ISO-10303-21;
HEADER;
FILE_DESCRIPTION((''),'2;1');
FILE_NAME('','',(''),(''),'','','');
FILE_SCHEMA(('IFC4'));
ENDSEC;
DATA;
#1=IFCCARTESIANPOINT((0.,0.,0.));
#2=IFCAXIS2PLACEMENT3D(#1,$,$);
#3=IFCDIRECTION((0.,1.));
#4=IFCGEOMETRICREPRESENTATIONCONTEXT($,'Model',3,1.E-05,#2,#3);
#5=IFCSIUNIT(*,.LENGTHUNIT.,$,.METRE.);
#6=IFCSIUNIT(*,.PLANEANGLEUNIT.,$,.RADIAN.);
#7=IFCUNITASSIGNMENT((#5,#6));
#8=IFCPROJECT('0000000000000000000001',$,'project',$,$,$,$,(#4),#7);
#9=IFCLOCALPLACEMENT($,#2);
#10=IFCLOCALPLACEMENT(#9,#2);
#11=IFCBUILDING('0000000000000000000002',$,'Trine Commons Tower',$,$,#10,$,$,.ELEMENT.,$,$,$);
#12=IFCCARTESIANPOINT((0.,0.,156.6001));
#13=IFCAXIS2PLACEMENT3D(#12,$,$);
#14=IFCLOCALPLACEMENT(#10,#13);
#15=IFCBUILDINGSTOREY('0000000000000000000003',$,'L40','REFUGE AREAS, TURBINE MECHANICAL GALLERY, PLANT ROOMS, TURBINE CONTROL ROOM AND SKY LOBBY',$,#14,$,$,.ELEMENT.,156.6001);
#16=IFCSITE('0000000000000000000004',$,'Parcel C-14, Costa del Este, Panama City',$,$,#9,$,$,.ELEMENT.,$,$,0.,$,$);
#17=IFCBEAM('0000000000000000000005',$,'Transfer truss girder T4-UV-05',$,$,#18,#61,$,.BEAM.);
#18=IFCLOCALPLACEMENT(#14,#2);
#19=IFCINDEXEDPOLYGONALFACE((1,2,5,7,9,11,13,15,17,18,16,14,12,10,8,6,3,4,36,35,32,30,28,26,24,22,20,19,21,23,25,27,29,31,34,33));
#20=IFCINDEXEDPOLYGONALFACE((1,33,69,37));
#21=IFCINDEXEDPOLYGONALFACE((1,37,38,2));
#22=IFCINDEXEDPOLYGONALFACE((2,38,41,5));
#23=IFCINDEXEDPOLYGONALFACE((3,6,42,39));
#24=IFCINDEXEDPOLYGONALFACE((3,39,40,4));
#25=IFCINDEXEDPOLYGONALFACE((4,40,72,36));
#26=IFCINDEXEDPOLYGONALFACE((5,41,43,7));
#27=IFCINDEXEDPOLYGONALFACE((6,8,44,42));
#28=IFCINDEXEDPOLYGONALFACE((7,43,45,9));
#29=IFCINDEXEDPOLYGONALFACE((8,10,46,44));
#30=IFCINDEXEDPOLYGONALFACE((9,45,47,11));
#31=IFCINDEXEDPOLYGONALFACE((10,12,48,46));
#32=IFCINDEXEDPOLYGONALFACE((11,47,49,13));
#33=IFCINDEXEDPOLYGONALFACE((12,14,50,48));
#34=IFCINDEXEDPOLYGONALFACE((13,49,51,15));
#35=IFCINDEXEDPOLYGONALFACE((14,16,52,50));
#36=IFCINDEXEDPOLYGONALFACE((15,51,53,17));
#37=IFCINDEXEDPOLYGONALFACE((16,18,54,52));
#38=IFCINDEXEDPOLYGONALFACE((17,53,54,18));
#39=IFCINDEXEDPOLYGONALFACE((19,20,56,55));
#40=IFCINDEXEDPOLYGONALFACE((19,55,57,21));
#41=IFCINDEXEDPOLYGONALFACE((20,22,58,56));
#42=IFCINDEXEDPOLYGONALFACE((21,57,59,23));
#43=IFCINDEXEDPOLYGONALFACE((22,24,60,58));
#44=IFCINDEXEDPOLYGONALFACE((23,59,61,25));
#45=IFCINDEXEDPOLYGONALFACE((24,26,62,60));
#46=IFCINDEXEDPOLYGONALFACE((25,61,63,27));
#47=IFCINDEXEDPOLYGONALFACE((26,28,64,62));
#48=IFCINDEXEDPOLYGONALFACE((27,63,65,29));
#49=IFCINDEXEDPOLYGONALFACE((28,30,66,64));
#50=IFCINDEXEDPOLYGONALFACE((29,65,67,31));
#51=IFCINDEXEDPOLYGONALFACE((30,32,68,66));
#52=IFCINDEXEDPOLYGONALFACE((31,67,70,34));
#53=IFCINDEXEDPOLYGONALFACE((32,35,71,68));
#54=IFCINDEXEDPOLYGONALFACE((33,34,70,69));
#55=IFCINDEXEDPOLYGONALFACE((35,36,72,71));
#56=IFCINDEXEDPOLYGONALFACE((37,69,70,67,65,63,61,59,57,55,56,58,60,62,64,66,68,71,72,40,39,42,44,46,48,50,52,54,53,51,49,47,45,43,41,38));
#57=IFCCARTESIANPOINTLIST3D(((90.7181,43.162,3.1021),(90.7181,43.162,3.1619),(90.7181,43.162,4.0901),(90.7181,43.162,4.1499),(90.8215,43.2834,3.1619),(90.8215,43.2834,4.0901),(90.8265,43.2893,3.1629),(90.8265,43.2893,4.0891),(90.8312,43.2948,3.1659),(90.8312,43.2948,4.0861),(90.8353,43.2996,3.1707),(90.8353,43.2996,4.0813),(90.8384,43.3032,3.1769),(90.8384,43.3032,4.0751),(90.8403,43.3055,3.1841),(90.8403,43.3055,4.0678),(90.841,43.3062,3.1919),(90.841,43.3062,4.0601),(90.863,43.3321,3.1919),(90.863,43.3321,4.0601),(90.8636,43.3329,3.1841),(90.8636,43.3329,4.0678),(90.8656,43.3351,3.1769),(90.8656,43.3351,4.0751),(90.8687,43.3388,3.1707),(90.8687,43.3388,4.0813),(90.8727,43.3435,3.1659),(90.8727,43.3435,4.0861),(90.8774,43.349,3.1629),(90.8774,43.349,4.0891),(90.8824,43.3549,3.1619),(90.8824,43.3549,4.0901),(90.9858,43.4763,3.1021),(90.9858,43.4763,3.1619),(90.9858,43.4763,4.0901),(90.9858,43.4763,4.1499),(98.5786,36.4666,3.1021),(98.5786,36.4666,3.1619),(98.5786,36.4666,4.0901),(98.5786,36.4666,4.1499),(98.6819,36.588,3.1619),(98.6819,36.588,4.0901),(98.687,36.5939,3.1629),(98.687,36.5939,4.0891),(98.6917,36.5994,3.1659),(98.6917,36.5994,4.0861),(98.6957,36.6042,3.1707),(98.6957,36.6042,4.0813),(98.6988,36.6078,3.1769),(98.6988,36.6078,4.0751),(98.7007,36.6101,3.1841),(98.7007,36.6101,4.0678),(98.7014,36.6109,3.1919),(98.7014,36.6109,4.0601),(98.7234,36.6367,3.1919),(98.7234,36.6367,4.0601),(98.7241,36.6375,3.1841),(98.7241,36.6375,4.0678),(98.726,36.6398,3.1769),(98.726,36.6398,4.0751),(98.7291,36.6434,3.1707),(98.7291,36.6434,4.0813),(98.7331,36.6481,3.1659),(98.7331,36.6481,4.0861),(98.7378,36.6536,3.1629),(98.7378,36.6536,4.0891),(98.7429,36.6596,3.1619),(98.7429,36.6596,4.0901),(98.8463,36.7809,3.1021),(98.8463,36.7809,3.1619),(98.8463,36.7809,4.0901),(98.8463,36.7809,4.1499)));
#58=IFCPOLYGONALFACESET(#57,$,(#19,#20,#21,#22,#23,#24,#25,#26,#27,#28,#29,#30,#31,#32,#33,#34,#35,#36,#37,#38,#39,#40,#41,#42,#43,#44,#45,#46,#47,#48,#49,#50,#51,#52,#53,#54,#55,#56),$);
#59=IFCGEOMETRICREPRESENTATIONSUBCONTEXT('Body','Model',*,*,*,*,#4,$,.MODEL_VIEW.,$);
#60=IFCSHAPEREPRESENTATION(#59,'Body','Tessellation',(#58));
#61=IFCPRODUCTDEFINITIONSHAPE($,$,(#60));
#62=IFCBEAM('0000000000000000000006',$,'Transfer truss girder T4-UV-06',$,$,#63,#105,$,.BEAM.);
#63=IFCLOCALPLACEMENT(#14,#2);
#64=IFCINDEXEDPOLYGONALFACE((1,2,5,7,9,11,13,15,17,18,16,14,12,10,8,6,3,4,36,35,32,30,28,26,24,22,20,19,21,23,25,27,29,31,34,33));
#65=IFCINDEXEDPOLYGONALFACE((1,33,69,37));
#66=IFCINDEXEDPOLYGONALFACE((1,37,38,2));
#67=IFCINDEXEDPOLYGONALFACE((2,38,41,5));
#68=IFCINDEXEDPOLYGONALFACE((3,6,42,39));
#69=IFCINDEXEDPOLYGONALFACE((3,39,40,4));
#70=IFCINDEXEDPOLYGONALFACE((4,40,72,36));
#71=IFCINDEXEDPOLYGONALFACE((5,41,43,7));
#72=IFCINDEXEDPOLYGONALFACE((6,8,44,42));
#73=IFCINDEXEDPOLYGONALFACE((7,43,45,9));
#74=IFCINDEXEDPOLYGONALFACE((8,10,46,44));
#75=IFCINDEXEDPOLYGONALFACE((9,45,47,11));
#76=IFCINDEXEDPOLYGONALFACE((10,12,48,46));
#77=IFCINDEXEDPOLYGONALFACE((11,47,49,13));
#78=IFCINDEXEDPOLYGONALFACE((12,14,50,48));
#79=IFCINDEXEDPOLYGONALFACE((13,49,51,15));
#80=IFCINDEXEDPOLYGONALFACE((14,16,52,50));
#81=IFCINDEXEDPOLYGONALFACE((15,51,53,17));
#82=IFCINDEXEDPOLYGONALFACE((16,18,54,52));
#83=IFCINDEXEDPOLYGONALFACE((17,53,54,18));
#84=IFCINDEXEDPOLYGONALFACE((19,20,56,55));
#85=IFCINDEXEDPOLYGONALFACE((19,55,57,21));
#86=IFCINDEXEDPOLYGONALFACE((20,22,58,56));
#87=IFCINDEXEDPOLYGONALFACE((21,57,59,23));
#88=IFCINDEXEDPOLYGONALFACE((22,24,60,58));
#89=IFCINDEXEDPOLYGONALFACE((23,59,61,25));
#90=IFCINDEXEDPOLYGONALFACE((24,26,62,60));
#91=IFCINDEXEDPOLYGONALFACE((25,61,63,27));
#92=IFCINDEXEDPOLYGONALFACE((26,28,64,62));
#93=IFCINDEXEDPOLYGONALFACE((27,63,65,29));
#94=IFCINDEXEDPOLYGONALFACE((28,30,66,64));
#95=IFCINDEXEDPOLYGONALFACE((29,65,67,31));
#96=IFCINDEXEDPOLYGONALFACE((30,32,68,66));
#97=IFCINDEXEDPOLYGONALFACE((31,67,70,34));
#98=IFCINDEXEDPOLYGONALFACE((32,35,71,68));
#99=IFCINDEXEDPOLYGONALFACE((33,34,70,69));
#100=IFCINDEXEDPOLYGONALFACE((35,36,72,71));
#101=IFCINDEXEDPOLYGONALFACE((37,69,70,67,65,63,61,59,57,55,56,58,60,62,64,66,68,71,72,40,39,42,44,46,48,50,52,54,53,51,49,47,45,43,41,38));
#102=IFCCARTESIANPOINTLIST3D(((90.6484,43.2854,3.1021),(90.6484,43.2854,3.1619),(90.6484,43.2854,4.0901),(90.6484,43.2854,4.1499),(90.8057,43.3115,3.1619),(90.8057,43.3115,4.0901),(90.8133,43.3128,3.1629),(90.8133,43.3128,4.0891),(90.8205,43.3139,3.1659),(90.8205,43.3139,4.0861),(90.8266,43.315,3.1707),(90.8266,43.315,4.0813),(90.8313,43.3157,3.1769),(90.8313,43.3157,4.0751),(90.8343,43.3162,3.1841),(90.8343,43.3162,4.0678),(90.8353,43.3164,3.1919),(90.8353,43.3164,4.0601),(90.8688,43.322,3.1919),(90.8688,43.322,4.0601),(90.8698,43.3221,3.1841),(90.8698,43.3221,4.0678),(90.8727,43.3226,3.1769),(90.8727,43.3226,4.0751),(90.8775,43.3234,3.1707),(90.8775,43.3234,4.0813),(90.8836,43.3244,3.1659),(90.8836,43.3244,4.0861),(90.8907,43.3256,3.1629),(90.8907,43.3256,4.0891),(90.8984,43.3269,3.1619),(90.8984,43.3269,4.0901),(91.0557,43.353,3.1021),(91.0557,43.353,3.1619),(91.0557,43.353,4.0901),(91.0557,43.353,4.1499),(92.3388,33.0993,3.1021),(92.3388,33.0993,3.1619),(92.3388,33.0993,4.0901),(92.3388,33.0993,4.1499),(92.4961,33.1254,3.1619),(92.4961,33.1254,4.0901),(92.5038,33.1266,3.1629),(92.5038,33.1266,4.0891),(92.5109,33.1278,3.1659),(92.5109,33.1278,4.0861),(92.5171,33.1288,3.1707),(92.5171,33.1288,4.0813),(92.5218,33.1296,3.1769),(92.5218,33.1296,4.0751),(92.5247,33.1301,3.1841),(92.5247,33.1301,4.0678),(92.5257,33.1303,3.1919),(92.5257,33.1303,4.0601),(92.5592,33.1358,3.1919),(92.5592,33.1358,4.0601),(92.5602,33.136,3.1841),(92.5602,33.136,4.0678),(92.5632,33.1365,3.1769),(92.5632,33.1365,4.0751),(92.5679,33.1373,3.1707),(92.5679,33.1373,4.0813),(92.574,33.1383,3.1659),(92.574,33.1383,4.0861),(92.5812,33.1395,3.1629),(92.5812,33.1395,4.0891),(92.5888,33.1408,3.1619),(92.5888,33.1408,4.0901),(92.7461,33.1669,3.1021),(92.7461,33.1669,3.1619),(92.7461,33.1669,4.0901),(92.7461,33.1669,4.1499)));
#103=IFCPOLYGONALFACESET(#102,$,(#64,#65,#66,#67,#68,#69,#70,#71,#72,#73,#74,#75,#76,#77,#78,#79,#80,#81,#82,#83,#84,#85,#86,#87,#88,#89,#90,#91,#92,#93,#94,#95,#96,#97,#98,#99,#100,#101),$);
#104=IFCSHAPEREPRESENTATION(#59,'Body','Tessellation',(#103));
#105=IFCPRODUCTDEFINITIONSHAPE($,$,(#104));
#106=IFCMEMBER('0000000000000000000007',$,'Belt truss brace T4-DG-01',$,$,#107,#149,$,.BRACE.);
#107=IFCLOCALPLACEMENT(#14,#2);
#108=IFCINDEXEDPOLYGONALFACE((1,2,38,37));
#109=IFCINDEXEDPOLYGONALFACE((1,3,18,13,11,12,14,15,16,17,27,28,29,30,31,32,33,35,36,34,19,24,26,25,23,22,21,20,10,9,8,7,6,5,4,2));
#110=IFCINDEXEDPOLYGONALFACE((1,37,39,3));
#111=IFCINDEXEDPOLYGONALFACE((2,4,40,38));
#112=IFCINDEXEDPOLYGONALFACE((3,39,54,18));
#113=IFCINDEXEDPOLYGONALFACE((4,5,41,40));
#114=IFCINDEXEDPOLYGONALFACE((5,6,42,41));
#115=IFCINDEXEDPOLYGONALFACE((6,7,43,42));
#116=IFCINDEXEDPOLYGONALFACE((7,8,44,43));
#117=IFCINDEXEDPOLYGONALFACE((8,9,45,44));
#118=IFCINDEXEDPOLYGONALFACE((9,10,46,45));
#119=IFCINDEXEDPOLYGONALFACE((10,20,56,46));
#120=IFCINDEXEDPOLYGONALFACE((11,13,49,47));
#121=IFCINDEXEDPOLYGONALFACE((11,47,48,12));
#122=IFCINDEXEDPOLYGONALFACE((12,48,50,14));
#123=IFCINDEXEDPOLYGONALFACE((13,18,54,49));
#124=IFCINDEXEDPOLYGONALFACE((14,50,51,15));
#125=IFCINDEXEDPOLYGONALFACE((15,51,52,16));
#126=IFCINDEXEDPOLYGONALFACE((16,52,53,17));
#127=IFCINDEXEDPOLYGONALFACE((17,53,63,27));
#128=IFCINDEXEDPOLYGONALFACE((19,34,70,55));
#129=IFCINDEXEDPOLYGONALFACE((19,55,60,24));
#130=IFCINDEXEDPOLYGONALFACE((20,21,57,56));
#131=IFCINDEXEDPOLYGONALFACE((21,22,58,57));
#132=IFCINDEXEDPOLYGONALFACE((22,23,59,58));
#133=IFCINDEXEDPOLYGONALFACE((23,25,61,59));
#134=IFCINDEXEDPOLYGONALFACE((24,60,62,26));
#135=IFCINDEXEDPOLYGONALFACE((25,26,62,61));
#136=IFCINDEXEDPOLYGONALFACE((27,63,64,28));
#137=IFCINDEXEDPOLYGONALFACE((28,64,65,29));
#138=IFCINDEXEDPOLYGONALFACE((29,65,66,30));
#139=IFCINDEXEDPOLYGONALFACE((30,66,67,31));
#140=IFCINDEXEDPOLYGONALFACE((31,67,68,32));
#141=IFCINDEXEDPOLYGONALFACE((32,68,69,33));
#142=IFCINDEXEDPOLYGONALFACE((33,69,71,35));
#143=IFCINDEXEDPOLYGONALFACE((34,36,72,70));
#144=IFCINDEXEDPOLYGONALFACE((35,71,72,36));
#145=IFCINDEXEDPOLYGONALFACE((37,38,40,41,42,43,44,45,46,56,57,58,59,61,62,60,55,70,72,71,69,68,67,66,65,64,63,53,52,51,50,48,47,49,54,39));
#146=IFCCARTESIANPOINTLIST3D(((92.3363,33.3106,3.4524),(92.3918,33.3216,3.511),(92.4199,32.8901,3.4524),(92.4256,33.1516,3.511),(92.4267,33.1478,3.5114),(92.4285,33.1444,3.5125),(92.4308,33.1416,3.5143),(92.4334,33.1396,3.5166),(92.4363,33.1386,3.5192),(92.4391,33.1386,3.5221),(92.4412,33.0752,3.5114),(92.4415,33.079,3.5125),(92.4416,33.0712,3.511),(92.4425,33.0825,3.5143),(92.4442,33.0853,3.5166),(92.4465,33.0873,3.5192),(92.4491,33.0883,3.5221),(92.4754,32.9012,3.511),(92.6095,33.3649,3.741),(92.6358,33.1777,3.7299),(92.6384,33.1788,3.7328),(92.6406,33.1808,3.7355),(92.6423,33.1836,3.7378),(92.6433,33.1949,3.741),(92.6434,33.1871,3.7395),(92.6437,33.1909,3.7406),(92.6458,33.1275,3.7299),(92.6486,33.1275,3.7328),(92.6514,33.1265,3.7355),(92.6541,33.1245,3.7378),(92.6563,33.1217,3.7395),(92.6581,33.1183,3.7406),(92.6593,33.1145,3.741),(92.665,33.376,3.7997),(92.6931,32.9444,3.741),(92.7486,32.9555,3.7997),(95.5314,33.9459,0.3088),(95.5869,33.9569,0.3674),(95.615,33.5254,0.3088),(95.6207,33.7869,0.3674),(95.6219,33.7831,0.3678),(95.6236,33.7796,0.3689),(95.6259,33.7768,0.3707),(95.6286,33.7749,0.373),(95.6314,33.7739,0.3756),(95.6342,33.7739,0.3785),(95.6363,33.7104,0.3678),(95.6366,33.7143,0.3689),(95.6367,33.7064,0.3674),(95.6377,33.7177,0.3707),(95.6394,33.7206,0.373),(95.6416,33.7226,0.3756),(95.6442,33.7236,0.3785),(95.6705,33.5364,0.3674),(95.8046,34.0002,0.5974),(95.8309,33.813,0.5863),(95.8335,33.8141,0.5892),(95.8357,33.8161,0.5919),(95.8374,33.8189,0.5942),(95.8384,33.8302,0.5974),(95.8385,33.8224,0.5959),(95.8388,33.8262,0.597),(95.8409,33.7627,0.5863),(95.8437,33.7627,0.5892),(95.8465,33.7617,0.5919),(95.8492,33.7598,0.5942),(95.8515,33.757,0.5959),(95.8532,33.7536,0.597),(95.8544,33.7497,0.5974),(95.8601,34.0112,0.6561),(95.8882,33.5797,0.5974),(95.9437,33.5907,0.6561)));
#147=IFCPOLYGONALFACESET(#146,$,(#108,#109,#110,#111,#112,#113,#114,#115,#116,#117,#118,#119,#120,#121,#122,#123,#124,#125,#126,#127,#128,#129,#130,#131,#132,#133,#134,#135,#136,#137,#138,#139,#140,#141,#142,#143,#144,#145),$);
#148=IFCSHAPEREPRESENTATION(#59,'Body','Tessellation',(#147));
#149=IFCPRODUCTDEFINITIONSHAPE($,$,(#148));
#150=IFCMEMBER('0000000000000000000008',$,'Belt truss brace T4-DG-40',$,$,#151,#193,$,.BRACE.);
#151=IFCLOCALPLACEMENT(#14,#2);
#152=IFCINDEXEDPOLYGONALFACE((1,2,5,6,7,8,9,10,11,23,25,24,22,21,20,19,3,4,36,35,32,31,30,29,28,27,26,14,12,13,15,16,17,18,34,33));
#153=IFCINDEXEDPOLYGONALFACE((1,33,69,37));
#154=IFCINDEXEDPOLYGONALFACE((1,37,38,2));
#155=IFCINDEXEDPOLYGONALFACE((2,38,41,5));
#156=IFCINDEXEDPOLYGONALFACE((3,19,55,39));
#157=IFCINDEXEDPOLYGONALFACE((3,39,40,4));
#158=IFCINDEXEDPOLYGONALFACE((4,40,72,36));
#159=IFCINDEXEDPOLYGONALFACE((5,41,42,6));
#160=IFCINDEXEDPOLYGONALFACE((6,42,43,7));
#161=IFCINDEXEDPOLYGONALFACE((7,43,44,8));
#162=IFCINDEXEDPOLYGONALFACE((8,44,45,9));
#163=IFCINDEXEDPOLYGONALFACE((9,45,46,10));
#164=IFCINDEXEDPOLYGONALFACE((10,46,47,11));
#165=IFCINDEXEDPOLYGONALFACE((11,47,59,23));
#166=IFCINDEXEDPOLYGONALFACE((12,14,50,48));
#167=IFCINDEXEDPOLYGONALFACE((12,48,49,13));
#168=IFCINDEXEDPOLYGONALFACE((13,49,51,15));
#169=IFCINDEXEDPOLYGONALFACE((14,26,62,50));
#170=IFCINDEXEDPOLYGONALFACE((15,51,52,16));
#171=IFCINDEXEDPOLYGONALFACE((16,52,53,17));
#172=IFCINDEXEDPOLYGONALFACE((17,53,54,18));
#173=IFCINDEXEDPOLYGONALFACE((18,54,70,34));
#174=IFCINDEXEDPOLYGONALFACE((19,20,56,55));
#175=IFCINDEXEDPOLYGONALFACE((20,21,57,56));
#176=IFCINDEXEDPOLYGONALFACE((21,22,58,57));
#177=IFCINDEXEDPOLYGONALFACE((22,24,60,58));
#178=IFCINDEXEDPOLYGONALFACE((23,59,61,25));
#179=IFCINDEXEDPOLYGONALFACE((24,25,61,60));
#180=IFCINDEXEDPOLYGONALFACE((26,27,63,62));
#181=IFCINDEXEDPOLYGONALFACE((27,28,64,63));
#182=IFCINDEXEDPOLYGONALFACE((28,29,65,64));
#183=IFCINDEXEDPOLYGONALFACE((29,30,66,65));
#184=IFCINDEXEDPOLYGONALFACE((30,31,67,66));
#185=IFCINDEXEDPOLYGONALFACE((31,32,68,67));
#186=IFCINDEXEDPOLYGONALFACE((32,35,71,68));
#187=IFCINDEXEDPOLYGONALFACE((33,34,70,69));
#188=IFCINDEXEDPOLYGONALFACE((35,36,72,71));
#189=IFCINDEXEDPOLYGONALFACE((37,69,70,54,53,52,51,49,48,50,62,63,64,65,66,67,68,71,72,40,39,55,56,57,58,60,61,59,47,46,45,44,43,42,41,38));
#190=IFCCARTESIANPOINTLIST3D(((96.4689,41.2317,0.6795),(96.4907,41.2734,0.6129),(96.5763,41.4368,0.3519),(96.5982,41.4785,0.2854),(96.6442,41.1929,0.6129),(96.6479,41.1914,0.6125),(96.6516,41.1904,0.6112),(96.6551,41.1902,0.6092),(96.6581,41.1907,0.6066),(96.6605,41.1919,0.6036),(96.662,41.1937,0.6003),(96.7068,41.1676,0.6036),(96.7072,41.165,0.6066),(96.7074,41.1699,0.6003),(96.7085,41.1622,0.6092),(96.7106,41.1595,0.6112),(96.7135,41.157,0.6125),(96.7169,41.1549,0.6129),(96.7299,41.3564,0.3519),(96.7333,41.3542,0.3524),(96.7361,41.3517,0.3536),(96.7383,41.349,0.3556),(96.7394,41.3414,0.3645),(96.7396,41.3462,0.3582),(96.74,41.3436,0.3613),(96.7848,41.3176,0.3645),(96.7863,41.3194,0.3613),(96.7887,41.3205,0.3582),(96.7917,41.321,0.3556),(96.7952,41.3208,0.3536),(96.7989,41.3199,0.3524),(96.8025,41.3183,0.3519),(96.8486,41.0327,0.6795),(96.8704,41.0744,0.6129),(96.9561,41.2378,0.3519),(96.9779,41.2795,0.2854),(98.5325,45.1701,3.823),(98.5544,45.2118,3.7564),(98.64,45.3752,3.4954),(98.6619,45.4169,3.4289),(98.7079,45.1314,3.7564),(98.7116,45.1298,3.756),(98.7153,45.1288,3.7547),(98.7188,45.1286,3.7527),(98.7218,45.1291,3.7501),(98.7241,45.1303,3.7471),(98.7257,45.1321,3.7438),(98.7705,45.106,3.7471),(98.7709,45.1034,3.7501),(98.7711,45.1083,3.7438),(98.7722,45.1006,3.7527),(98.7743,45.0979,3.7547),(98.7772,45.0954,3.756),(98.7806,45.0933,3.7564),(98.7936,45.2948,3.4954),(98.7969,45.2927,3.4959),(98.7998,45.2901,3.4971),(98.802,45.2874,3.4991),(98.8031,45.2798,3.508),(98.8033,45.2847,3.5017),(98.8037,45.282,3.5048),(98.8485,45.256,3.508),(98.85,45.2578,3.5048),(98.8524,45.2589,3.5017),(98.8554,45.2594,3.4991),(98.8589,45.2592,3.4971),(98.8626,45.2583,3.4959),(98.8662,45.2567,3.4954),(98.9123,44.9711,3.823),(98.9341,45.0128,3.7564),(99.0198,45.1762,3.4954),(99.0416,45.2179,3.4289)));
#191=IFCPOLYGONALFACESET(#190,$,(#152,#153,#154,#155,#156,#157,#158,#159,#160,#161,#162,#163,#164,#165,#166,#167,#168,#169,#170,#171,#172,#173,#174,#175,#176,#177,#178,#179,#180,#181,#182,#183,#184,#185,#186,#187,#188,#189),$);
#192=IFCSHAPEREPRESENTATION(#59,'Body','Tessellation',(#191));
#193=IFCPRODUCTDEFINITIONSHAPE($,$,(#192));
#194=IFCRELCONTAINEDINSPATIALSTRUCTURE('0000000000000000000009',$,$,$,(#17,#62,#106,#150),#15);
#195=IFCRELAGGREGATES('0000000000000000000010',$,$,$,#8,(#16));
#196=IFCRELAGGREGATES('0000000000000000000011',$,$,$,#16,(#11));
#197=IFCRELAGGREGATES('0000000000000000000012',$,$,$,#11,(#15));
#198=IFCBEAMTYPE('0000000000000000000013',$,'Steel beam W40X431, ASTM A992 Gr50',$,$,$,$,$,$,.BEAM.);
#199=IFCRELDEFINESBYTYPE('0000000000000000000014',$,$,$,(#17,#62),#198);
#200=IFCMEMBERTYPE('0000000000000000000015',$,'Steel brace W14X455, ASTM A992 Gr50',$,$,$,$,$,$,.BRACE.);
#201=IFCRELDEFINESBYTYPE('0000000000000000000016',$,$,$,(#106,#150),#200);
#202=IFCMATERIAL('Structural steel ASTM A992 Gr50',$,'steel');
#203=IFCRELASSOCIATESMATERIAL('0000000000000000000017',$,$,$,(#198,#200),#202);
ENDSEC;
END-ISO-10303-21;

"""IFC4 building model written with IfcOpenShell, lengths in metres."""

from ifc_helpers import new_model, si_unit, direction, frame, origin, origin_2d, place, context, subcontext, project, spatial, i_section, extrude, material, material_profile, profile_set, type_object, element, save


model = new_model("IFC4")

# Units and contexts
model_context = context("Model", 3, precision=1e-05, world=origin(), true_north=direction((0.0, 1.0)))
body_context = subcontext(model_context, "Body", "Model", "MODEL_VIEW")
ifc_project = project(units=[si_unit("LENGTHUNIT", "METRE"), si_unit("PLANEANGLEUNIT", "RADIAN")], contexts=[model_context])

# Site, building, storey
site_placement = place(None, origin())
site = spatial("IfcSite", under=ifc_project, at=site_placement, Name="Parcel C-14, Costa del Este, Panama City", CompositionType="ELEMENT", RefElevation=0.0)
building_placement = place(site_placement, origin())
building = spatial("IfcBuilding", under=site, at=building_placement, Name="Trine Commons Tower", CompositionType="ELEMENT")
storey_placement = place(building_placement, frame((0.0, 0.0, 156.6001)))
storey = spatial("IfcBuildingStorey", under=building, at=storey_placement, Name="L40", Description="REFUGE AREAS, TURBINE MECHANICAL GALLERY, PLANT ROOMS, TURBINE CONTROL ROOM AND SKY LOBBY", CompositionType="ELEMENT", Elevation=156.6001)

# Beams
ifc_material_1 = material(Name="Structural steel ASTM A992 Gr50", Category="steel")
ifc_material_profile_1 = material_profile(ifc_material_1, i_section(OverallWidth=0.4128, OverallDepth=1.0479, WebThickness=0.0339, FlangeThickness=0.0598, FilletRadius=0.03, at=origin_2d()), Name="W40X431")
ifc_profile_set_1 = profile_set([ifc_material_profile_1], Name="Structural steel ASTM A992 Gr50")
beam_type = type_object("IfcBeamType", Name="Steel beam W40X431, ASTM A992 Gr50", PredefinedType="BEAM", material=ifc_profile_set_1)
for number, where, z_axis, x_axis, name in (
    (1, (98.7124, 36.6238, 3.626), (-0.761269, 0.648436, 0.0), (-0.648436, -0.761269, 0.0), "Transfer truss girder T4-UV-05"),
    (2, (92.5425, 33.1331, 3.626), (-0.163716, 0.986507, 0.0), (-0.986507, -0.163716, 0.0), "Transfer truss girder T4-UV-06"),
):
    element("IfcBeam", number, at=place(storey_placement, frame(where, z_axis=z_axis, x_axis=x_axis)), inside=storey, type_object=beam_type, Name=name, PredefinedType="BEAM", context=body_context, shape_type="SweptSolid", body=[
        extrude(i_section(OverallWidth=0.4128, OverallDepth=1.0479, WebThickness=0.0339, FlangeThickness=0.0598, FilletRadius=0.03, at=origin_2d()), origin(), (0.0, 0.0, 1.0), 10.3254),
    ])

# Members
ifc_material_profile_2 = material_profile(ifc_material_1, i_section(OverallWidth=0.4287, OverallDepth=0.4827, WebThickness=0.0513, FlangeThickness=0.0815, FilletRadius=0.0154, at=origin_2d()), Name="W14X455")
ifc_profile_set_2 = profile_set([ifc_material_profile_2], Name="Structural steel ASTM A992 Gr50")
member_type_1 = type_object("IfcMemberType", Name="Steel brace W14X455, ASTM A992 Gr50", PredefinedType="BRACE", material=ifc_profile_set_2)
member_1_placement = place(storey_placement, frame((95.7375, 33.7683, 0.4824), z_axis=(-0.705777, -0.140325, 0.694398), x_axis=(0.195006, -0.980802, 0.0)))
element("IfcMember", 3, at=member_1_placement, inside=storey, type_object=member_type_1, Name="Belt truss brace T4-DG-01", PredefinedType="BRACE", context=body_context, shape_type="SweptSolid", body=[
    extrude(i_section(OverallWidth=0.4287, OverallDepth=0.4827, WebThickness=0.0513, FlangeThickness=0.0815, FilletRadius=0.0154, at=origin_2d()), origin(), (0.0, 0.0, 1.0), 4.5271),
])
member_2_placement = place(storey_placement, frame((96.7234, 41.2556, 0.4824), z_axis=(0.378984, 0.723266, 0.577285), x_axis=(-0.885766, 0.464132, 0.0)))
element("IfcMember", 4, at=member_2_placement, inside=storey, type_object=member_type_1, Name="Belt truss brace T4-DG-40", PredefinedType="BRACE", context=body_context, shape_type="SweptSolid", body=[
    extrude(i_section(OverallWidth=0.4287, OverallDepth=0.4827, WebThickness=0.0513, FlangeThickness=0.0815, FilletRadius=0.0154, at=origin_2d()), origin(), (0.0, 0.0, 1.0), 5.4453),
])

save(model, "model.ifc")
